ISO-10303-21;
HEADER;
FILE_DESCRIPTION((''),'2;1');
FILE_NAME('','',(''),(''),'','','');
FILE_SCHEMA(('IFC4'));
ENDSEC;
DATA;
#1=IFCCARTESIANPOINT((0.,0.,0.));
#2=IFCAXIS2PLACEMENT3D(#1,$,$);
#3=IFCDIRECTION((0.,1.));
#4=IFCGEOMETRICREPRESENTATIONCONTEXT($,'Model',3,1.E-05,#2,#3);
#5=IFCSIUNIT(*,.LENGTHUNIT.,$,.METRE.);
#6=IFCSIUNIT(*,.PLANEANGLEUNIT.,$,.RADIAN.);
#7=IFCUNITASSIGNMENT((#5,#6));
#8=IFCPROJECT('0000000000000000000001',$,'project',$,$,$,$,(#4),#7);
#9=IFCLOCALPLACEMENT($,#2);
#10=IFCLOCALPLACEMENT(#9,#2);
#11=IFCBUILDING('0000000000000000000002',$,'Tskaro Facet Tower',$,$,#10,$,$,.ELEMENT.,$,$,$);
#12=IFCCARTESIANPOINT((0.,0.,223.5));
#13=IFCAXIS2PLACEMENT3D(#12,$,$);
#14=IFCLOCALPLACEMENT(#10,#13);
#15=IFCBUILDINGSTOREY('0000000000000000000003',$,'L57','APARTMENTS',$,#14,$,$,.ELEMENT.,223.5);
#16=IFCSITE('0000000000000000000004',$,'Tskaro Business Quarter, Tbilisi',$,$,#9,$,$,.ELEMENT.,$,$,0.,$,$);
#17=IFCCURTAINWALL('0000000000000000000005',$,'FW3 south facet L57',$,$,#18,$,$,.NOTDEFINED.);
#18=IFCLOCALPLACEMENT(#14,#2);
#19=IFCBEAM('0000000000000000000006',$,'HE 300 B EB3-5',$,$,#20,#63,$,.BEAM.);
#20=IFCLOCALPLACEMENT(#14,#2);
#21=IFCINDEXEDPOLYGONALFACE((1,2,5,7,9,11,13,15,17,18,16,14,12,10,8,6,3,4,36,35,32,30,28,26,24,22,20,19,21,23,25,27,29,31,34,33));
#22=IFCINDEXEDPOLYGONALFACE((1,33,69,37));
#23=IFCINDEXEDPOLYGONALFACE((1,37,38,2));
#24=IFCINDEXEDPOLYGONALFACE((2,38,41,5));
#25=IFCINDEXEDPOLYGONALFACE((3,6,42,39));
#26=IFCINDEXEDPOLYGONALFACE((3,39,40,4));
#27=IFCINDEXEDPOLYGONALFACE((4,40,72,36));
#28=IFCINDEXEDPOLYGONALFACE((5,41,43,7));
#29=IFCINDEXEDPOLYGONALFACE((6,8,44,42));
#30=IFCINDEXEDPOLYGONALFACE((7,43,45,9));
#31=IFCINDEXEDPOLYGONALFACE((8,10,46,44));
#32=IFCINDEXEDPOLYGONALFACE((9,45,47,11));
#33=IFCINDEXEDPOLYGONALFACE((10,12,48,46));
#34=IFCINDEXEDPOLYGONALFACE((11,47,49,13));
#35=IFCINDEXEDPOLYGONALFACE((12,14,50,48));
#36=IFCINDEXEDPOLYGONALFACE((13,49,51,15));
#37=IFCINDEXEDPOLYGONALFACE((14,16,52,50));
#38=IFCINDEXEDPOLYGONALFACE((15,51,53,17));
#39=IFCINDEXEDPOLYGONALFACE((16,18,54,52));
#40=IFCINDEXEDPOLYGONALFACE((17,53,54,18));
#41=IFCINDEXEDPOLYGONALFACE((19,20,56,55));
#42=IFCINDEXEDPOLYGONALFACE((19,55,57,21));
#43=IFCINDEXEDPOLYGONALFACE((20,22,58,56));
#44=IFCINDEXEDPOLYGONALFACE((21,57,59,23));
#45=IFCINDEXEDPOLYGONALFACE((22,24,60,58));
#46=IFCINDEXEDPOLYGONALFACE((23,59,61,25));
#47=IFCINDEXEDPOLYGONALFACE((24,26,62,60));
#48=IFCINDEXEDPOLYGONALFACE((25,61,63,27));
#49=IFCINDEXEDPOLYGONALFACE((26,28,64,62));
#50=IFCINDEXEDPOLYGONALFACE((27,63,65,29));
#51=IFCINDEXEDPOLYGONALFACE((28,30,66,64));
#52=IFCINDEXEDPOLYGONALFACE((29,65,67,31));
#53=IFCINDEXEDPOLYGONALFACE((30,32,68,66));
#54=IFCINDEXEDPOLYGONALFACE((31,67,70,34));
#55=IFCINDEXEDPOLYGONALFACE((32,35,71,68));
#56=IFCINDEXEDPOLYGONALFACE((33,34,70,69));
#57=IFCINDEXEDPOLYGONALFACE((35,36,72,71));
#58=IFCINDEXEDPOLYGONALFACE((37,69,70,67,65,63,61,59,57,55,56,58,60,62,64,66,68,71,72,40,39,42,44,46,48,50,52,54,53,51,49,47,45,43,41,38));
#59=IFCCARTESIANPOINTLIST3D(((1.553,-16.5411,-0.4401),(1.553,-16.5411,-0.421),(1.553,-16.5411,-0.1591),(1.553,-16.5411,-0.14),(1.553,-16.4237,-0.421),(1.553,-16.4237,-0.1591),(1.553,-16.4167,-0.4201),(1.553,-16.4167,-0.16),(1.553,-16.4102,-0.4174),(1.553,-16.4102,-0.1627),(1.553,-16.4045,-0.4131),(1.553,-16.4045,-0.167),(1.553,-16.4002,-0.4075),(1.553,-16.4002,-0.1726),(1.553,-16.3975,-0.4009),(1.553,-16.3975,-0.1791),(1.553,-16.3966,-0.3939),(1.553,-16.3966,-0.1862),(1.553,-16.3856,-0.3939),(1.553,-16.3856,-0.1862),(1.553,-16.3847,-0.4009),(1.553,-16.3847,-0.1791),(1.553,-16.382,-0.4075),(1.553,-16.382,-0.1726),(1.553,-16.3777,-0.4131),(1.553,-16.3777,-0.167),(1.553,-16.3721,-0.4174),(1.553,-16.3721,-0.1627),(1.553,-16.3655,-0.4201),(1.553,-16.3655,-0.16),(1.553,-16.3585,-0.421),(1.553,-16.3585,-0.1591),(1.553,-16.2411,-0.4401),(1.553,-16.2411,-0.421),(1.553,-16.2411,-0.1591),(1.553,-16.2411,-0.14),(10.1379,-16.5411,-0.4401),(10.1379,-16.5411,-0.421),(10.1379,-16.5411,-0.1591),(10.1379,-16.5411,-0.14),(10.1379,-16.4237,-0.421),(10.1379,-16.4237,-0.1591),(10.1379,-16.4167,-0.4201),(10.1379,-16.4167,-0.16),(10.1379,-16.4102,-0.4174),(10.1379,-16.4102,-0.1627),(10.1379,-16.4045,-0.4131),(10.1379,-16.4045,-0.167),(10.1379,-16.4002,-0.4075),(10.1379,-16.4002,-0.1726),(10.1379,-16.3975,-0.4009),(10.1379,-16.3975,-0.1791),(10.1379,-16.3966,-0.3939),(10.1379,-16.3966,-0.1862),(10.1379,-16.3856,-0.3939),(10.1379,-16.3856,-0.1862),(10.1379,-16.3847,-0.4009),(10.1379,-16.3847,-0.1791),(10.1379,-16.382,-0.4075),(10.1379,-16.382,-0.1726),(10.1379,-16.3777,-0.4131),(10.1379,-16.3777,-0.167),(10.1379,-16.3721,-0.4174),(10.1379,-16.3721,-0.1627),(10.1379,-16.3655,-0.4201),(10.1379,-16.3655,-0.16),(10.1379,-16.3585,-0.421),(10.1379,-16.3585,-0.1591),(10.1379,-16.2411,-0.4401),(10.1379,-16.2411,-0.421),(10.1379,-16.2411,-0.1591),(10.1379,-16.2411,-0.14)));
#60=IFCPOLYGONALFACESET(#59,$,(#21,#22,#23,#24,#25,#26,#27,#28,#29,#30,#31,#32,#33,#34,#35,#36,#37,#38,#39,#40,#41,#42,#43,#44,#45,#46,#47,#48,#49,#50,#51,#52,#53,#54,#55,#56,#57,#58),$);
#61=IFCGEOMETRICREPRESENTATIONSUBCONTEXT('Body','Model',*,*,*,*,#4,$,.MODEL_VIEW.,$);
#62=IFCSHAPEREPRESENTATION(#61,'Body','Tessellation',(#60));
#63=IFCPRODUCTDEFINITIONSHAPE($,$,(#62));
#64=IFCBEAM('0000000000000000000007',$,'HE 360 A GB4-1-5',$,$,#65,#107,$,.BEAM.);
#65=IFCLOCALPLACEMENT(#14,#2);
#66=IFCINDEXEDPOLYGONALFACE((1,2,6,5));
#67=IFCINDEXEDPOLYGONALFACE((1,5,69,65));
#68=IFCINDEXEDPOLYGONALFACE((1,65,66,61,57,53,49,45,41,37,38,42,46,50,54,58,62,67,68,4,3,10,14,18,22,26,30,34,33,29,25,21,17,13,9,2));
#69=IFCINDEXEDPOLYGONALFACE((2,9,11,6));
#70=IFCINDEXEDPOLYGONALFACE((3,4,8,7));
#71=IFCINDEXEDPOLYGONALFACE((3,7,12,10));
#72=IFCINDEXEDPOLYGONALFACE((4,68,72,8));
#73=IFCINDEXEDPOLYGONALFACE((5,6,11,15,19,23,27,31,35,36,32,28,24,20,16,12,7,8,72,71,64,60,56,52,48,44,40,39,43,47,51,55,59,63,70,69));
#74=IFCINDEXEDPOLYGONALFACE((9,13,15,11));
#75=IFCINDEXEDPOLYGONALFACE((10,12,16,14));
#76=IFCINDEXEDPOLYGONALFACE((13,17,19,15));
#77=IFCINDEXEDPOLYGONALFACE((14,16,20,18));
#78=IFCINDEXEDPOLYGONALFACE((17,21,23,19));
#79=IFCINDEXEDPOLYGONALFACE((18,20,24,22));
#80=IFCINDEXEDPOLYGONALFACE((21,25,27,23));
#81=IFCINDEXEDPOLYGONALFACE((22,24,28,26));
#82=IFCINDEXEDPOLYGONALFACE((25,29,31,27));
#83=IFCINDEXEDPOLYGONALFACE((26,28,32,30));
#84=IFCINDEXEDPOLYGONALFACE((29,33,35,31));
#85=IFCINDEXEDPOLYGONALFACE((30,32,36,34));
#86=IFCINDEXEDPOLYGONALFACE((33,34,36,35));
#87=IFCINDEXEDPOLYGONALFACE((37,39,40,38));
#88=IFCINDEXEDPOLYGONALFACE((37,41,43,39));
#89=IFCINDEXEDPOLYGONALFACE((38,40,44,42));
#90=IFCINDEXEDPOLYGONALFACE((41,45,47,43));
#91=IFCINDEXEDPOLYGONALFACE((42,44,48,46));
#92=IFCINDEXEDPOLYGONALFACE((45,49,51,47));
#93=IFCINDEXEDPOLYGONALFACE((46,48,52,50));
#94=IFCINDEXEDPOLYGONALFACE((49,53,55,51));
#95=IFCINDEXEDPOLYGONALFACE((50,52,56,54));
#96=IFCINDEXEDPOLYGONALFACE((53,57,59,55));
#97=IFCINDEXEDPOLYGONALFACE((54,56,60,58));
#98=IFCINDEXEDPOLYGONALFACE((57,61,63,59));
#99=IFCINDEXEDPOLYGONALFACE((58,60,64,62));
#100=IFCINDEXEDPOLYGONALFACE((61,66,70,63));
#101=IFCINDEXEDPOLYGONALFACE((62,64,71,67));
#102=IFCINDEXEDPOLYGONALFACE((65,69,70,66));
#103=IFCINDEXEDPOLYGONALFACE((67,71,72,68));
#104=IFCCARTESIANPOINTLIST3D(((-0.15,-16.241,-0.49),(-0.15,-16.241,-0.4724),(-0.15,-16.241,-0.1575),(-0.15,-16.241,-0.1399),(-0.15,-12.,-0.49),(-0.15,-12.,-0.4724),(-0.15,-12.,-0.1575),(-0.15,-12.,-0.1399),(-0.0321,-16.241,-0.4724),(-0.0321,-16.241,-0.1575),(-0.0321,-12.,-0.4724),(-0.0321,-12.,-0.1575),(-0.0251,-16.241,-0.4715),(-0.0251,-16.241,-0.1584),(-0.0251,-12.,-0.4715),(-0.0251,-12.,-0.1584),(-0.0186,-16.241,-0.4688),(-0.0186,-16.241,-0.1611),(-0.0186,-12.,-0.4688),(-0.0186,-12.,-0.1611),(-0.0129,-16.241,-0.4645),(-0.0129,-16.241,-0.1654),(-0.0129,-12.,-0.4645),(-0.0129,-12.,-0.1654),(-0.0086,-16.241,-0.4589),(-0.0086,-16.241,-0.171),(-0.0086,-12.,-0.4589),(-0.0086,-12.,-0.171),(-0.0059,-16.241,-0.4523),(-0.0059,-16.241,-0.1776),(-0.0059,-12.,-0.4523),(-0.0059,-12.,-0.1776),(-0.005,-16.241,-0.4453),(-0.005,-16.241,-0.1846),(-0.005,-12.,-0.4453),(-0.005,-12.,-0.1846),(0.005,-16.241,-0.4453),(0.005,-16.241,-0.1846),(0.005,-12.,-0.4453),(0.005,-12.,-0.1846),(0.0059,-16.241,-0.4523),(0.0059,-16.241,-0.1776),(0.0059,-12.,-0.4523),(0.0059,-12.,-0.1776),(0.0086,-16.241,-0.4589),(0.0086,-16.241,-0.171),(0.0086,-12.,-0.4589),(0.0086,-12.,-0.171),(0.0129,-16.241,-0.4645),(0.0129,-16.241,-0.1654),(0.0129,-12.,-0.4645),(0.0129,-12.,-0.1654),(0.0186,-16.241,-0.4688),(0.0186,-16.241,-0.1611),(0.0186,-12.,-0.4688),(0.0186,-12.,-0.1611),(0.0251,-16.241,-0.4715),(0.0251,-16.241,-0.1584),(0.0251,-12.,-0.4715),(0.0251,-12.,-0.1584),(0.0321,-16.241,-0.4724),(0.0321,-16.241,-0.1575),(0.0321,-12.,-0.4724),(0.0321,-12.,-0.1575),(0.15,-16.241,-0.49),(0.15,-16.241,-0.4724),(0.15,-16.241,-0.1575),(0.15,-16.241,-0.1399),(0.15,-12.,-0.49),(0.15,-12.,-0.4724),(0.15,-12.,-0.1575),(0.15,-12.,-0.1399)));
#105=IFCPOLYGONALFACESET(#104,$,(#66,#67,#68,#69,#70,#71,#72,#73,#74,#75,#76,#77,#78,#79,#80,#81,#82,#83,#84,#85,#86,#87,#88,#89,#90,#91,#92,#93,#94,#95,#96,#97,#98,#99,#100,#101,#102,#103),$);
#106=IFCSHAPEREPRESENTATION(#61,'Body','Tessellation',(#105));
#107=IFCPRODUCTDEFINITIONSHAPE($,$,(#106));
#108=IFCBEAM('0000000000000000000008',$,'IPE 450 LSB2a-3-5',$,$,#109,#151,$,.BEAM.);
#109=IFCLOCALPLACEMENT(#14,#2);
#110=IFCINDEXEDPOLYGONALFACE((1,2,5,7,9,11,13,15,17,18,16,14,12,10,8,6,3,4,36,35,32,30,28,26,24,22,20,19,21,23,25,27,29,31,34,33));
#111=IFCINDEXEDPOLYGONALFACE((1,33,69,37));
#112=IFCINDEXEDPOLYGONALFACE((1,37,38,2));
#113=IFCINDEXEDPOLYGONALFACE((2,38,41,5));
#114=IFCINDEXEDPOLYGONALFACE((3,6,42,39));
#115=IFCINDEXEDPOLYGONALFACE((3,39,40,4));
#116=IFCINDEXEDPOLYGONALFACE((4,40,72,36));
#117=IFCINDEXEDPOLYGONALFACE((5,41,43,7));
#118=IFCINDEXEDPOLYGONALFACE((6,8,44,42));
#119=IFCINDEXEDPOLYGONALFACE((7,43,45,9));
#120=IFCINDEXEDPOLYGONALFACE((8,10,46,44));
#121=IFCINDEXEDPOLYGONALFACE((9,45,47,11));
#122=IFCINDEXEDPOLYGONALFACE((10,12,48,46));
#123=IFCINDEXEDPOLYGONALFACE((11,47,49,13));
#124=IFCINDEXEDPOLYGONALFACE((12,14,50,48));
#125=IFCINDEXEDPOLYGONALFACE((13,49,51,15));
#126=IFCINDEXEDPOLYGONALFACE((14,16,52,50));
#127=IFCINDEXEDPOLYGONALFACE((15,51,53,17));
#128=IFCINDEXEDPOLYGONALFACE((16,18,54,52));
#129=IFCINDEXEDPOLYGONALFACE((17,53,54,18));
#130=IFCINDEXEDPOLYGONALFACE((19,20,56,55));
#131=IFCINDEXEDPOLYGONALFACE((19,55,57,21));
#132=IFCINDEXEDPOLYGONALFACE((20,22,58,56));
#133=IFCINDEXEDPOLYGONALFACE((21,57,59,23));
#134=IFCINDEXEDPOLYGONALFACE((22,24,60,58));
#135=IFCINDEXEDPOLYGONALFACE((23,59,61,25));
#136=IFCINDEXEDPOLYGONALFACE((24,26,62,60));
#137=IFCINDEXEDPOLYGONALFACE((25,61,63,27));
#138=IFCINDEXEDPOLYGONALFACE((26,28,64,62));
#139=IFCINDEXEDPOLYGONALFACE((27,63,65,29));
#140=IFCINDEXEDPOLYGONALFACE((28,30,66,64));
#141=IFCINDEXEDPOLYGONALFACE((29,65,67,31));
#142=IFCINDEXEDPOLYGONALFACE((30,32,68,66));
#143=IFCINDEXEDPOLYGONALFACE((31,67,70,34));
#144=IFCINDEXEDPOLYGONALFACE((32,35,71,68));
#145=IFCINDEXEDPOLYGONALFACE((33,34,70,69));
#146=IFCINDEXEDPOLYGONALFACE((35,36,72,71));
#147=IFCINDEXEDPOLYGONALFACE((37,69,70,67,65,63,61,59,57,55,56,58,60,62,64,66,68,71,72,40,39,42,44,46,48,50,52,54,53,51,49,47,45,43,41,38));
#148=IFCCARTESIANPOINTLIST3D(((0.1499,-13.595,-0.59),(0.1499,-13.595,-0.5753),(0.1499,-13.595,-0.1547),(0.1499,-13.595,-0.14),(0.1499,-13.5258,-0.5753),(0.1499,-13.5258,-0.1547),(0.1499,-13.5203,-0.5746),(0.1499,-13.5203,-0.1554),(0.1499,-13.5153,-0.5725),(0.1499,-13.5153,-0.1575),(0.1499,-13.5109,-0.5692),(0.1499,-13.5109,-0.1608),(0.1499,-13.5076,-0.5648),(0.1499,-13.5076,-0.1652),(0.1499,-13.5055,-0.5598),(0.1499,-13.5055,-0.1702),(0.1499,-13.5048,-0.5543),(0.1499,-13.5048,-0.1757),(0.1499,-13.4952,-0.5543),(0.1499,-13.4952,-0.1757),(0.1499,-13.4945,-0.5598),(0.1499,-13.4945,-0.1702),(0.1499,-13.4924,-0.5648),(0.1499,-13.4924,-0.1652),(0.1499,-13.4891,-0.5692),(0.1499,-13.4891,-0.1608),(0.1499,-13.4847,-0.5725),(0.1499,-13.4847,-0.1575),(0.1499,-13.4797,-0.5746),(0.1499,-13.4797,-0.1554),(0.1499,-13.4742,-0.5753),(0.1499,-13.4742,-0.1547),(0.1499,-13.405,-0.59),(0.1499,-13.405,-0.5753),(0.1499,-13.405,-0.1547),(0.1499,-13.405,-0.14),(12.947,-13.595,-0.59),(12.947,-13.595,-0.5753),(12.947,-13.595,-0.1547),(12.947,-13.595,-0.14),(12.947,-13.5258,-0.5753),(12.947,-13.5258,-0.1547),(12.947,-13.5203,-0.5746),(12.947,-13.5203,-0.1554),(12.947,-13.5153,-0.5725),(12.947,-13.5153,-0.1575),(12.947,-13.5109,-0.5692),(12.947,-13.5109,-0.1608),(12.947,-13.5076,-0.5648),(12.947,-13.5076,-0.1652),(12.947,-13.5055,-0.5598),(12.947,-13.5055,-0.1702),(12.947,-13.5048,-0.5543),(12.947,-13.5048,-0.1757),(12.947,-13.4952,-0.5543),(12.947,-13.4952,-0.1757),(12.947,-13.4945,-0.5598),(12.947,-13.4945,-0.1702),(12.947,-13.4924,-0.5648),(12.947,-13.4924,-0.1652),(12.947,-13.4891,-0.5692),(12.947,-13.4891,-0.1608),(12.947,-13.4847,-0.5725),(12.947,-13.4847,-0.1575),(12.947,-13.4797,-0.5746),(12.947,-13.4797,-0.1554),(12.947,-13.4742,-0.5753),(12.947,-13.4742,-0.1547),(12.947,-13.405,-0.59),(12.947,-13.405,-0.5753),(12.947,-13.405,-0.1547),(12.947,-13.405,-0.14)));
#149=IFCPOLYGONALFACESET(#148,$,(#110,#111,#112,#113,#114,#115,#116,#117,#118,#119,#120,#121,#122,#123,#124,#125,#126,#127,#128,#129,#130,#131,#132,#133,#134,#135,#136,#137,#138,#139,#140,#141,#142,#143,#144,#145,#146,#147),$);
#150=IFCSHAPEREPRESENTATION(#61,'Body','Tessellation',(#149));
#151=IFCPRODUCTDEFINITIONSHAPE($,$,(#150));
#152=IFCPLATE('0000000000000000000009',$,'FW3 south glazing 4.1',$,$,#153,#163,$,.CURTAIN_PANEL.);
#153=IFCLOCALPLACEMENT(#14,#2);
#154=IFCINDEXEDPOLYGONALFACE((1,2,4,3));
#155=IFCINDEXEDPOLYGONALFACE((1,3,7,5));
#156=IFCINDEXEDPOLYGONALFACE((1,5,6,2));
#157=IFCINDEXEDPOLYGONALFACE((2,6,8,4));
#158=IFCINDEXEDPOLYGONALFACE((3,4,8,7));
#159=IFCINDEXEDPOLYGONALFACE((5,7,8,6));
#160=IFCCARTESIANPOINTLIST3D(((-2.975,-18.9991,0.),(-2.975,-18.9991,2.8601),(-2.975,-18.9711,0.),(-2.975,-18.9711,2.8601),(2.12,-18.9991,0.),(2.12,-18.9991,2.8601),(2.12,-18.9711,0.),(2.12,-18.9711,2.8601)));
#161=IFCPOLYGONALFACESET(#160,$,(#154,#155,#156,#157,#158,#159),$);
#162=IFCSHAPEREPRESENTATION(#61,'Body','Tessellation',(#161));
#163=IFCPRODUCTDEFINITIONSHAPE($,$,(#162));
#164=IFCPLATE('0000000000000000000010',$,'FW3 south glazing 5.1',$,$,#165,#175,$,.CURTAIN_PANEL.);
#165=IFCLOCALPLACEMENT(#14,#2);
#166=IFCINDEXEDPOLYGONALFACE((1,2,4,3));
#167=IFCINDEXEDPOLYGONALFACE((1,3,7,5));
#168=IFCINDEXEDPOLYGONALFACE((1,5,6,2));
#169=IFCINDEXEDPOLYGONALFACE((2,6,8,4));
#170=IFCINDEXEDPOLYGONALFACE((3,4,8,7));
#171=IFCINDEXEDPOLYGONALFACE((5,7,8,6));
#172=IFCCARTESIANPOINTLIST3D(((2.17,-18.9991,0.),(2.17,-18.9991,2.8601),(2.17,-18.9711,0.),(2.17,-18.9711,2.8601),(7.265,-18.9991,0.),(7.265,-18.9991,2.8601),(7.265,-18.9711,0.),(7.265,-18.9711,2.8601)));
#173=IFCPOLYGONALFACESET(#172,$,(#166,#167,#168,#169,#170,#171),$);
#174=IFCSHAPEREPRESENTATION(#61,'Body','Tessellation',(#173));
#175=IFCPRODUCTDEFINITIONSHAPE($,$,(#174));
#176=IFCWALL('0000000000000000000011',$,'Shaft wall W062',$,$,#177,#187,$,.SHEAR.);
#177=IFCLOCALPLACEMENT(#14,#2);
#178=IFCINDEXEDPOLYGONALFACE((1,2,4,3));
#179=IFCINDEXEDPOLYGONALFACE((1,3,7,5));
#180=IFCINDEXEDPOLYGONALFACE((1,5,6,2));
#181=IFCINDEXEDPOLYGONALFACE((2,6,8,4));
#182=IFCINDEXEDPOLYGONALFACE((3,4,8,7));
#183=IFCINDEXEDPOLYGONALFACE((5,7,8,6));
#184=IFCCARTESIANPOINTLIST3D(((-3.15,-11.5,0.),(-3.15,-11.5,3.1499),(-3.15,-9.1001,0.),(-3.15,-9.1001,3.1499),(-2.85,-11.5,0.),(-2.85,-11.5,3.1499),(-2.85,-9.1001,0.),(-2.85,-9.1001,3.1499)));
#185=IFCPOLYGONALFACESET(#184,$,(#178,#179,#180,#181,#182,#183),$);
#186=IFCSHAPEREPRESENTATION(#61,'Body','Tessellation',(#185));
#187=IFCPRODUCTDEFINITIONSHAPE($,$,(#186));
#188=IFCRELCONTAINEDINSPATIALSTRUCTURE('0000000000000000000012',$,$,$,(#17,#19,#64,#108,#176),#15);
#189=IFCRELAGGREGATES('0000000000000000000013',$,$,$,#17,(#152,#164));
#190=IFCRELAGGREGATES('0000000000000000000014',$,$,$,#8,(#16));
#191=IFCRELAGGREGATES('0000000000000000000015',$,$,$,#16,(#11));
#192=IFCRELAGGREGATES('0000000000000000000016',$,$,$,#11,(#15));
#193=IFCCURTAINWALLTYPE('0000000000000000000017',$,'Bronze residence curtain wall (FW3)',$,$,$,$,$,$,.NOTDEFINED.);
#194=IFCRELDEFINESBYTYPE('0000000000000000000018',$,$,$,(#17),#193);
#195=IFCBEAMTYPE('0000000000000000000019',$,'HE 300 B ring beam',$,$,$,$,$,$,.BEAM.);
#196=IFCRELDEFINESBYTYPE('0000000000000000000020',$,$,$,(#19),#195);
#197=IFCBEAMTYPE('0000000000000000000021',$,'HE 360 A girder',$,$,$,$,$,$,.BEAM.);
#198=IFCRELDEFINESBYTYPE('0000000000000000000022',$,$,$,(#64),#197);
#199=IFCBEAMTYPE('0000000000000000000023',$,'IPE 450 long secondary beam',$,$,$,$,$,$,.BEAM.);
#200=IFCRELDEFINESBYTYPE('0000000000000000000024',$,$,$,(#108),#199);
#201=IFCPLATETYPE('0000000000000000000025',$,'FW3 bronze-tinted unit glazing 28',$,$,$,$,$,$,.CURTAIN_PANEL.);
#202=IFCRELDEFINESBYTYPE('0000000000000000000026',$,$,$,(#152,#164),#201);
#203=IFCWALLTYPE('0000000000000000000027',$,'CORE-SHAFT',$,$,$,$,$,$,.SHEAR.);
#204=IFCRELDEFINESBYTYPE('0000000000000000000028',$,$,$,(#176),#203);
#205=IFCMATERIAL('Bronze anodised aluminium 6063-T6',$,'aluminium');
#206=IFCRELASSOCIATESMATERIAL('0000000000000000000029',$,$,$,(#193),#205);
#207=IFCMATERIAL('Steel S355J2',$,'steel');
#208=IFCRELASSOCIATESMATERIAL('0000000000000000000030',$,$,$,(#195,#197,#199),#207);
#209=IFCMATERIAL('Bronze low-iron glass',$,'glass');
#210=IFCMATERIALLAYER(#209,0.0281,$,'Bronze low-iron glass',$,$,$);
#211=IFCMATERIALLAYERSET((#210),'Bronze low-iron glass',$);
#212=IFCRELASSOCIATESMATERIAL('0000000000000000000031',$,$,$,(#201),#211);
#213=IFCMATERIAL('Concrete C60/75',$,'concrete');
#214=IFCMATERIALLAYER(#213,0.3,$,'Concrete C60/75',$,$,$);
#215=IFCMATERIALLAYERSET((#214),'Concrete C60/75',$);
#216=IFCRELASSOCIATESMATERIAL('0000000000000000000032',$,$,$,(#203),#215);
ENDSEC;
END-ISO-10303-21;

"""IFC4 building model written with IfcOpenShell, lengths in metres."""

from ifc_helpers import new_model, si_unit, direction, frame, frame_2d, origin, origin_2d, place, context, subcontext, project, spatial, rectangle, i_section, extrude, material, layer, layer_set, material_profile, profile_set, type_object, element, aggregate, save


model = new_model("IFC4")

# Units and contexts
model_context = context("Model", 3, precision=1e-05, world=origin(), true_north=direction((0.0, 1.0)))
body_context = subcontext(model_context, "Body", "Model", "MODEL_VIEW")
ifc_project = project(units=[si_unit("LENGTHUNIT", "METRE"), si_unit("PLANEANGLEUNIT", "RADIAN")], contexts=[model_context])

# Site, building, storey
site_placement = place(None, origin())
site = spatial("IfcSite", under=ifc_project, at=site_placement, Name="Tskaro Business Quarter, Tbilisi", CompositionType="ELEMENT", RefElevation=0.0)
building_placement = place(site_placement, origin())
building = spatial("IfcBuilding", under=site, at=building_placement, Name="Tskaro Facet Tower", CompositionType="ELEMENT")
storey_placement = place(building_placement, frame((0.0, 0.0, 223.5)))
storey = spatial("IfcBuildingStorey", under=building, at=storey_placement, Name="L57", Description="APARTMENTS", CompositionType="ELEMENT", Elevation=223.5)

# Shared definitions
ifc_material_1 = material(Name="Steel S355J2", Category="steel")

# Curtain wall
ifc_material_2 = material(Name="Bronze anodised aluminium 6063-T6", Category="aluminium")
curtain_wall_type = type_object("IfcCurtainWallType", Name="Bronze residence curtain wall (FW3)", PredefinedType="NOTDEFINED", material=ifc_material_2)
curtain_wall_placement = place(storey_placement, origin())
curtain_wall = element("IfcCurtainWall", 1, at=curtain_wall_placement, inside=storey, type_object=curtain_wall_type, Name="FW3 south facet L57", PredefinedType="NOTDEFINED")

# Beams
ifc_material_profile_1 = material_profile(ifc_material_1, i_section(OverallWidth=0.3, OverallDepth=0.3, WebThickness=0.011, FlangeThickness=0.019, FilletRadius=0.0271, at=origin_2d()), Name="HE 300 B")
ifc_profile_set_1 = profile_set([ifc_material_profile_1], Name="Steel S355J2")
beam_type_1 = type_object("IfcBeamType", Name="HE 300 B ring beam", PredefinedType="BEAM", material=ifc_profile_set_1)
beam_1_placement = place(storey_placement, frame((1.553, -16.3911, -0.29), z_axis=(1.0, 0.0, 0.0), x_axis=(0.0, 1.0, 0.0)))
element("IfcBeam", 2, at=beam_1_placement, inside=storey, type_object=beam_type_1, Name="HE 300 B EB3-5", PredefinedType="BEAM", context=body_context, shape_type="SweptSolid", body=[
    extrude(i_section(OverallWidth=0.3, OverallDepth=0.3, WebThickness=0.011, FlangeThickness=0.019, FilletRadius=0.0271, at=origin_2d()), origin(), (0.0, 0.0, 1.0), 8.585),
])
ifc_material_profile_2 = material_profile(ifc_material_1, i_section(OverallWidth=0.3, OverallDepth=0.3501, WebThickness=0.01, FlangeThickness=0.0176, FilletRadius=0.0271, at=origin_2d()), Name="HE 360 A")
ifc_profile_set_2 = profile_set([ifc_material_profile_2], Name="Steel S355J2")
beam_type_2 = type_object("IfcBeamType", Name="HE 360 A girder", PredefinedType="BEAM", material=ifc_profile_set_2)
beam_2_placement = place(storey_placement, frame((0.0, -16.241, -0.3149), z_axis=(0.0, 1.0, 0.0), x_axis=(-1.0, 0.0, 0.0)))
element("IfcBeam", 3, at=beam_2_placement, inside=storey, type_object=beam_type_2, Name="HE 360 A GB4-1-5", PredefinedType="BEAM", context=body_context, shape_type="SweptSolid", body=[
    extrude(i_section(OverallWidth=0.3, OverallDepth=0.3501, WebThickness=0.01, FlangeThickness=0.0176, FilletRadius=0.0271, at=origin_2d()), origin(), (0.0, 0.0, 1.0), 4.241),
])
ifc_material_profile_3 = material_profile(ifc_material_1, i_section(OverallWidth=0.1899, OverallDepth=0.45, WebThickness=0.0095, FlangeThickness=0.0146, FilletRadius=0.021, at=origin_2d()), Name="IPE 450")
ifc_profile_set_3 = profile_set([ifc_material_profile_3], Name="Steel S355J2")
beam_type_3 = type_object("IfcBeamType", Name="IPE 450 long secondary beam", PredefinedType="BEAM", material=ifc_profile_set_3)
beam_3_placement = place(storey_placement, frame((0.1499, -13.5, -0.365), z_axis=(1.0, 0.0, 0.0), x_axis=(0.0, 1.0, 0.0)))
element("IfcBeam", 4, at=beam_3_placement, inside=storey, type_object=beam_type_3, Name="IPE 450 LSB2a-3-5", PredefinedType="BEAM", context=body_context, shape_type="SweptSolid", body=[
    extrude(i_section(OverallWidth=0.1899, OverallDepth=0.45, WebThickness=0.0095, FlangeThickness=0.0146, FilletRadius=0.021, at=origin_2d()), origin(), (0.0, 0.0, 1.0), 12.7971),
])

# Plates
ifc_material_3 = material(Name="Bronze low-iron glass", Category="glass")
ifc_layer_1 = layer(ifc_material_3, 0.0281, Name="Bronze low-iron glass")
ifc_layer_set_1 = layer_set([ifc_layer_1], Name="Bronze low-iron glass")
plate_type = type_object("IfcPlateType", Name="FW3 bronze-tinted unit glazing 28", PredefinedType="CURTAIN_PANEL", material=ifc_layer_set_1)
plate_1_placement = place(storey_placement, frame((-0.4275, -18.9851, 0.0), z_axis=(0.0, 0.0, 1.0), x_axis=(1.0, 0.0, 0.0)))
plate_1 = element("IfcPlate", 5, at=plate_1_placement, type_object=plate_type, Name="FW3 south glazing 4.1", PredefinedType="CURTAIN_PANEL", context=body_context, shape_type="SweptSolid", body=[
    extrude(rectangle(XDim=5.095, YDim=0.0281, at=origin_2d()), origin(), (0.0, 0.0, 1.0), 2.8601),
])
plate_2_placement = place(storey_placement, frame((4.7175, -18.9851, 0.0), z_axis=(0.0, 0.0, 1.0), x_axis=(1.0, 0.0, 0.0)))
plate_2 = element("IfcPlate", 6, at=plate_2_placement, type_object=plate_type, Name="FW3 south glazing 5.1", PredefinedType="CURTAIN_PANEL", context=body_context, shape_type="SweptSolid", body=[
    extrude(rectangle(XDim=5.095, YDim=0.0281, at=origin_2d()), origin(), (0.0, 0.0, 1.0), 2.8601),
])
aggregate(curtain_wall, [plate_1, plate_2])

# Wall
ifc_material_4 = material(Name="Concrete C60/75", Category="concrete")
ifc_layer_2 = layer(ifc_material_4, 0.3, Name="Concrete C60/75")
ifc_layer_set_2 = layer_set([ifc_layer_2], Name="Concrete C60/75")
wall_type = type_object("IfcWallType", Name="CORE-SHAFT", PredefinedType="SHEAR", material=ifc_layer_set_2)
wall_placement = place(storey_placement, frame((-3.0, -11.5, 0.0), z_axis=(0.0, 0.0, 1.0), x_axis=(0.0, 1.0, 0.0)))
element("IfcWall", 7, at=wall_placement, inside=storey, type_object=wall_type, Name="Shaft wall W062", PredefinedType="SHEAR", context=body_context, shape_type="SweptSolid", body=[
    extrude(rectangle(XDim=2.3999, YDim=0.3, at=frame_2d((1.2, 0.0))), origin(), (0.0, 0.0, 1.0), 3.1499),
])

save(model, "model.ifc")
